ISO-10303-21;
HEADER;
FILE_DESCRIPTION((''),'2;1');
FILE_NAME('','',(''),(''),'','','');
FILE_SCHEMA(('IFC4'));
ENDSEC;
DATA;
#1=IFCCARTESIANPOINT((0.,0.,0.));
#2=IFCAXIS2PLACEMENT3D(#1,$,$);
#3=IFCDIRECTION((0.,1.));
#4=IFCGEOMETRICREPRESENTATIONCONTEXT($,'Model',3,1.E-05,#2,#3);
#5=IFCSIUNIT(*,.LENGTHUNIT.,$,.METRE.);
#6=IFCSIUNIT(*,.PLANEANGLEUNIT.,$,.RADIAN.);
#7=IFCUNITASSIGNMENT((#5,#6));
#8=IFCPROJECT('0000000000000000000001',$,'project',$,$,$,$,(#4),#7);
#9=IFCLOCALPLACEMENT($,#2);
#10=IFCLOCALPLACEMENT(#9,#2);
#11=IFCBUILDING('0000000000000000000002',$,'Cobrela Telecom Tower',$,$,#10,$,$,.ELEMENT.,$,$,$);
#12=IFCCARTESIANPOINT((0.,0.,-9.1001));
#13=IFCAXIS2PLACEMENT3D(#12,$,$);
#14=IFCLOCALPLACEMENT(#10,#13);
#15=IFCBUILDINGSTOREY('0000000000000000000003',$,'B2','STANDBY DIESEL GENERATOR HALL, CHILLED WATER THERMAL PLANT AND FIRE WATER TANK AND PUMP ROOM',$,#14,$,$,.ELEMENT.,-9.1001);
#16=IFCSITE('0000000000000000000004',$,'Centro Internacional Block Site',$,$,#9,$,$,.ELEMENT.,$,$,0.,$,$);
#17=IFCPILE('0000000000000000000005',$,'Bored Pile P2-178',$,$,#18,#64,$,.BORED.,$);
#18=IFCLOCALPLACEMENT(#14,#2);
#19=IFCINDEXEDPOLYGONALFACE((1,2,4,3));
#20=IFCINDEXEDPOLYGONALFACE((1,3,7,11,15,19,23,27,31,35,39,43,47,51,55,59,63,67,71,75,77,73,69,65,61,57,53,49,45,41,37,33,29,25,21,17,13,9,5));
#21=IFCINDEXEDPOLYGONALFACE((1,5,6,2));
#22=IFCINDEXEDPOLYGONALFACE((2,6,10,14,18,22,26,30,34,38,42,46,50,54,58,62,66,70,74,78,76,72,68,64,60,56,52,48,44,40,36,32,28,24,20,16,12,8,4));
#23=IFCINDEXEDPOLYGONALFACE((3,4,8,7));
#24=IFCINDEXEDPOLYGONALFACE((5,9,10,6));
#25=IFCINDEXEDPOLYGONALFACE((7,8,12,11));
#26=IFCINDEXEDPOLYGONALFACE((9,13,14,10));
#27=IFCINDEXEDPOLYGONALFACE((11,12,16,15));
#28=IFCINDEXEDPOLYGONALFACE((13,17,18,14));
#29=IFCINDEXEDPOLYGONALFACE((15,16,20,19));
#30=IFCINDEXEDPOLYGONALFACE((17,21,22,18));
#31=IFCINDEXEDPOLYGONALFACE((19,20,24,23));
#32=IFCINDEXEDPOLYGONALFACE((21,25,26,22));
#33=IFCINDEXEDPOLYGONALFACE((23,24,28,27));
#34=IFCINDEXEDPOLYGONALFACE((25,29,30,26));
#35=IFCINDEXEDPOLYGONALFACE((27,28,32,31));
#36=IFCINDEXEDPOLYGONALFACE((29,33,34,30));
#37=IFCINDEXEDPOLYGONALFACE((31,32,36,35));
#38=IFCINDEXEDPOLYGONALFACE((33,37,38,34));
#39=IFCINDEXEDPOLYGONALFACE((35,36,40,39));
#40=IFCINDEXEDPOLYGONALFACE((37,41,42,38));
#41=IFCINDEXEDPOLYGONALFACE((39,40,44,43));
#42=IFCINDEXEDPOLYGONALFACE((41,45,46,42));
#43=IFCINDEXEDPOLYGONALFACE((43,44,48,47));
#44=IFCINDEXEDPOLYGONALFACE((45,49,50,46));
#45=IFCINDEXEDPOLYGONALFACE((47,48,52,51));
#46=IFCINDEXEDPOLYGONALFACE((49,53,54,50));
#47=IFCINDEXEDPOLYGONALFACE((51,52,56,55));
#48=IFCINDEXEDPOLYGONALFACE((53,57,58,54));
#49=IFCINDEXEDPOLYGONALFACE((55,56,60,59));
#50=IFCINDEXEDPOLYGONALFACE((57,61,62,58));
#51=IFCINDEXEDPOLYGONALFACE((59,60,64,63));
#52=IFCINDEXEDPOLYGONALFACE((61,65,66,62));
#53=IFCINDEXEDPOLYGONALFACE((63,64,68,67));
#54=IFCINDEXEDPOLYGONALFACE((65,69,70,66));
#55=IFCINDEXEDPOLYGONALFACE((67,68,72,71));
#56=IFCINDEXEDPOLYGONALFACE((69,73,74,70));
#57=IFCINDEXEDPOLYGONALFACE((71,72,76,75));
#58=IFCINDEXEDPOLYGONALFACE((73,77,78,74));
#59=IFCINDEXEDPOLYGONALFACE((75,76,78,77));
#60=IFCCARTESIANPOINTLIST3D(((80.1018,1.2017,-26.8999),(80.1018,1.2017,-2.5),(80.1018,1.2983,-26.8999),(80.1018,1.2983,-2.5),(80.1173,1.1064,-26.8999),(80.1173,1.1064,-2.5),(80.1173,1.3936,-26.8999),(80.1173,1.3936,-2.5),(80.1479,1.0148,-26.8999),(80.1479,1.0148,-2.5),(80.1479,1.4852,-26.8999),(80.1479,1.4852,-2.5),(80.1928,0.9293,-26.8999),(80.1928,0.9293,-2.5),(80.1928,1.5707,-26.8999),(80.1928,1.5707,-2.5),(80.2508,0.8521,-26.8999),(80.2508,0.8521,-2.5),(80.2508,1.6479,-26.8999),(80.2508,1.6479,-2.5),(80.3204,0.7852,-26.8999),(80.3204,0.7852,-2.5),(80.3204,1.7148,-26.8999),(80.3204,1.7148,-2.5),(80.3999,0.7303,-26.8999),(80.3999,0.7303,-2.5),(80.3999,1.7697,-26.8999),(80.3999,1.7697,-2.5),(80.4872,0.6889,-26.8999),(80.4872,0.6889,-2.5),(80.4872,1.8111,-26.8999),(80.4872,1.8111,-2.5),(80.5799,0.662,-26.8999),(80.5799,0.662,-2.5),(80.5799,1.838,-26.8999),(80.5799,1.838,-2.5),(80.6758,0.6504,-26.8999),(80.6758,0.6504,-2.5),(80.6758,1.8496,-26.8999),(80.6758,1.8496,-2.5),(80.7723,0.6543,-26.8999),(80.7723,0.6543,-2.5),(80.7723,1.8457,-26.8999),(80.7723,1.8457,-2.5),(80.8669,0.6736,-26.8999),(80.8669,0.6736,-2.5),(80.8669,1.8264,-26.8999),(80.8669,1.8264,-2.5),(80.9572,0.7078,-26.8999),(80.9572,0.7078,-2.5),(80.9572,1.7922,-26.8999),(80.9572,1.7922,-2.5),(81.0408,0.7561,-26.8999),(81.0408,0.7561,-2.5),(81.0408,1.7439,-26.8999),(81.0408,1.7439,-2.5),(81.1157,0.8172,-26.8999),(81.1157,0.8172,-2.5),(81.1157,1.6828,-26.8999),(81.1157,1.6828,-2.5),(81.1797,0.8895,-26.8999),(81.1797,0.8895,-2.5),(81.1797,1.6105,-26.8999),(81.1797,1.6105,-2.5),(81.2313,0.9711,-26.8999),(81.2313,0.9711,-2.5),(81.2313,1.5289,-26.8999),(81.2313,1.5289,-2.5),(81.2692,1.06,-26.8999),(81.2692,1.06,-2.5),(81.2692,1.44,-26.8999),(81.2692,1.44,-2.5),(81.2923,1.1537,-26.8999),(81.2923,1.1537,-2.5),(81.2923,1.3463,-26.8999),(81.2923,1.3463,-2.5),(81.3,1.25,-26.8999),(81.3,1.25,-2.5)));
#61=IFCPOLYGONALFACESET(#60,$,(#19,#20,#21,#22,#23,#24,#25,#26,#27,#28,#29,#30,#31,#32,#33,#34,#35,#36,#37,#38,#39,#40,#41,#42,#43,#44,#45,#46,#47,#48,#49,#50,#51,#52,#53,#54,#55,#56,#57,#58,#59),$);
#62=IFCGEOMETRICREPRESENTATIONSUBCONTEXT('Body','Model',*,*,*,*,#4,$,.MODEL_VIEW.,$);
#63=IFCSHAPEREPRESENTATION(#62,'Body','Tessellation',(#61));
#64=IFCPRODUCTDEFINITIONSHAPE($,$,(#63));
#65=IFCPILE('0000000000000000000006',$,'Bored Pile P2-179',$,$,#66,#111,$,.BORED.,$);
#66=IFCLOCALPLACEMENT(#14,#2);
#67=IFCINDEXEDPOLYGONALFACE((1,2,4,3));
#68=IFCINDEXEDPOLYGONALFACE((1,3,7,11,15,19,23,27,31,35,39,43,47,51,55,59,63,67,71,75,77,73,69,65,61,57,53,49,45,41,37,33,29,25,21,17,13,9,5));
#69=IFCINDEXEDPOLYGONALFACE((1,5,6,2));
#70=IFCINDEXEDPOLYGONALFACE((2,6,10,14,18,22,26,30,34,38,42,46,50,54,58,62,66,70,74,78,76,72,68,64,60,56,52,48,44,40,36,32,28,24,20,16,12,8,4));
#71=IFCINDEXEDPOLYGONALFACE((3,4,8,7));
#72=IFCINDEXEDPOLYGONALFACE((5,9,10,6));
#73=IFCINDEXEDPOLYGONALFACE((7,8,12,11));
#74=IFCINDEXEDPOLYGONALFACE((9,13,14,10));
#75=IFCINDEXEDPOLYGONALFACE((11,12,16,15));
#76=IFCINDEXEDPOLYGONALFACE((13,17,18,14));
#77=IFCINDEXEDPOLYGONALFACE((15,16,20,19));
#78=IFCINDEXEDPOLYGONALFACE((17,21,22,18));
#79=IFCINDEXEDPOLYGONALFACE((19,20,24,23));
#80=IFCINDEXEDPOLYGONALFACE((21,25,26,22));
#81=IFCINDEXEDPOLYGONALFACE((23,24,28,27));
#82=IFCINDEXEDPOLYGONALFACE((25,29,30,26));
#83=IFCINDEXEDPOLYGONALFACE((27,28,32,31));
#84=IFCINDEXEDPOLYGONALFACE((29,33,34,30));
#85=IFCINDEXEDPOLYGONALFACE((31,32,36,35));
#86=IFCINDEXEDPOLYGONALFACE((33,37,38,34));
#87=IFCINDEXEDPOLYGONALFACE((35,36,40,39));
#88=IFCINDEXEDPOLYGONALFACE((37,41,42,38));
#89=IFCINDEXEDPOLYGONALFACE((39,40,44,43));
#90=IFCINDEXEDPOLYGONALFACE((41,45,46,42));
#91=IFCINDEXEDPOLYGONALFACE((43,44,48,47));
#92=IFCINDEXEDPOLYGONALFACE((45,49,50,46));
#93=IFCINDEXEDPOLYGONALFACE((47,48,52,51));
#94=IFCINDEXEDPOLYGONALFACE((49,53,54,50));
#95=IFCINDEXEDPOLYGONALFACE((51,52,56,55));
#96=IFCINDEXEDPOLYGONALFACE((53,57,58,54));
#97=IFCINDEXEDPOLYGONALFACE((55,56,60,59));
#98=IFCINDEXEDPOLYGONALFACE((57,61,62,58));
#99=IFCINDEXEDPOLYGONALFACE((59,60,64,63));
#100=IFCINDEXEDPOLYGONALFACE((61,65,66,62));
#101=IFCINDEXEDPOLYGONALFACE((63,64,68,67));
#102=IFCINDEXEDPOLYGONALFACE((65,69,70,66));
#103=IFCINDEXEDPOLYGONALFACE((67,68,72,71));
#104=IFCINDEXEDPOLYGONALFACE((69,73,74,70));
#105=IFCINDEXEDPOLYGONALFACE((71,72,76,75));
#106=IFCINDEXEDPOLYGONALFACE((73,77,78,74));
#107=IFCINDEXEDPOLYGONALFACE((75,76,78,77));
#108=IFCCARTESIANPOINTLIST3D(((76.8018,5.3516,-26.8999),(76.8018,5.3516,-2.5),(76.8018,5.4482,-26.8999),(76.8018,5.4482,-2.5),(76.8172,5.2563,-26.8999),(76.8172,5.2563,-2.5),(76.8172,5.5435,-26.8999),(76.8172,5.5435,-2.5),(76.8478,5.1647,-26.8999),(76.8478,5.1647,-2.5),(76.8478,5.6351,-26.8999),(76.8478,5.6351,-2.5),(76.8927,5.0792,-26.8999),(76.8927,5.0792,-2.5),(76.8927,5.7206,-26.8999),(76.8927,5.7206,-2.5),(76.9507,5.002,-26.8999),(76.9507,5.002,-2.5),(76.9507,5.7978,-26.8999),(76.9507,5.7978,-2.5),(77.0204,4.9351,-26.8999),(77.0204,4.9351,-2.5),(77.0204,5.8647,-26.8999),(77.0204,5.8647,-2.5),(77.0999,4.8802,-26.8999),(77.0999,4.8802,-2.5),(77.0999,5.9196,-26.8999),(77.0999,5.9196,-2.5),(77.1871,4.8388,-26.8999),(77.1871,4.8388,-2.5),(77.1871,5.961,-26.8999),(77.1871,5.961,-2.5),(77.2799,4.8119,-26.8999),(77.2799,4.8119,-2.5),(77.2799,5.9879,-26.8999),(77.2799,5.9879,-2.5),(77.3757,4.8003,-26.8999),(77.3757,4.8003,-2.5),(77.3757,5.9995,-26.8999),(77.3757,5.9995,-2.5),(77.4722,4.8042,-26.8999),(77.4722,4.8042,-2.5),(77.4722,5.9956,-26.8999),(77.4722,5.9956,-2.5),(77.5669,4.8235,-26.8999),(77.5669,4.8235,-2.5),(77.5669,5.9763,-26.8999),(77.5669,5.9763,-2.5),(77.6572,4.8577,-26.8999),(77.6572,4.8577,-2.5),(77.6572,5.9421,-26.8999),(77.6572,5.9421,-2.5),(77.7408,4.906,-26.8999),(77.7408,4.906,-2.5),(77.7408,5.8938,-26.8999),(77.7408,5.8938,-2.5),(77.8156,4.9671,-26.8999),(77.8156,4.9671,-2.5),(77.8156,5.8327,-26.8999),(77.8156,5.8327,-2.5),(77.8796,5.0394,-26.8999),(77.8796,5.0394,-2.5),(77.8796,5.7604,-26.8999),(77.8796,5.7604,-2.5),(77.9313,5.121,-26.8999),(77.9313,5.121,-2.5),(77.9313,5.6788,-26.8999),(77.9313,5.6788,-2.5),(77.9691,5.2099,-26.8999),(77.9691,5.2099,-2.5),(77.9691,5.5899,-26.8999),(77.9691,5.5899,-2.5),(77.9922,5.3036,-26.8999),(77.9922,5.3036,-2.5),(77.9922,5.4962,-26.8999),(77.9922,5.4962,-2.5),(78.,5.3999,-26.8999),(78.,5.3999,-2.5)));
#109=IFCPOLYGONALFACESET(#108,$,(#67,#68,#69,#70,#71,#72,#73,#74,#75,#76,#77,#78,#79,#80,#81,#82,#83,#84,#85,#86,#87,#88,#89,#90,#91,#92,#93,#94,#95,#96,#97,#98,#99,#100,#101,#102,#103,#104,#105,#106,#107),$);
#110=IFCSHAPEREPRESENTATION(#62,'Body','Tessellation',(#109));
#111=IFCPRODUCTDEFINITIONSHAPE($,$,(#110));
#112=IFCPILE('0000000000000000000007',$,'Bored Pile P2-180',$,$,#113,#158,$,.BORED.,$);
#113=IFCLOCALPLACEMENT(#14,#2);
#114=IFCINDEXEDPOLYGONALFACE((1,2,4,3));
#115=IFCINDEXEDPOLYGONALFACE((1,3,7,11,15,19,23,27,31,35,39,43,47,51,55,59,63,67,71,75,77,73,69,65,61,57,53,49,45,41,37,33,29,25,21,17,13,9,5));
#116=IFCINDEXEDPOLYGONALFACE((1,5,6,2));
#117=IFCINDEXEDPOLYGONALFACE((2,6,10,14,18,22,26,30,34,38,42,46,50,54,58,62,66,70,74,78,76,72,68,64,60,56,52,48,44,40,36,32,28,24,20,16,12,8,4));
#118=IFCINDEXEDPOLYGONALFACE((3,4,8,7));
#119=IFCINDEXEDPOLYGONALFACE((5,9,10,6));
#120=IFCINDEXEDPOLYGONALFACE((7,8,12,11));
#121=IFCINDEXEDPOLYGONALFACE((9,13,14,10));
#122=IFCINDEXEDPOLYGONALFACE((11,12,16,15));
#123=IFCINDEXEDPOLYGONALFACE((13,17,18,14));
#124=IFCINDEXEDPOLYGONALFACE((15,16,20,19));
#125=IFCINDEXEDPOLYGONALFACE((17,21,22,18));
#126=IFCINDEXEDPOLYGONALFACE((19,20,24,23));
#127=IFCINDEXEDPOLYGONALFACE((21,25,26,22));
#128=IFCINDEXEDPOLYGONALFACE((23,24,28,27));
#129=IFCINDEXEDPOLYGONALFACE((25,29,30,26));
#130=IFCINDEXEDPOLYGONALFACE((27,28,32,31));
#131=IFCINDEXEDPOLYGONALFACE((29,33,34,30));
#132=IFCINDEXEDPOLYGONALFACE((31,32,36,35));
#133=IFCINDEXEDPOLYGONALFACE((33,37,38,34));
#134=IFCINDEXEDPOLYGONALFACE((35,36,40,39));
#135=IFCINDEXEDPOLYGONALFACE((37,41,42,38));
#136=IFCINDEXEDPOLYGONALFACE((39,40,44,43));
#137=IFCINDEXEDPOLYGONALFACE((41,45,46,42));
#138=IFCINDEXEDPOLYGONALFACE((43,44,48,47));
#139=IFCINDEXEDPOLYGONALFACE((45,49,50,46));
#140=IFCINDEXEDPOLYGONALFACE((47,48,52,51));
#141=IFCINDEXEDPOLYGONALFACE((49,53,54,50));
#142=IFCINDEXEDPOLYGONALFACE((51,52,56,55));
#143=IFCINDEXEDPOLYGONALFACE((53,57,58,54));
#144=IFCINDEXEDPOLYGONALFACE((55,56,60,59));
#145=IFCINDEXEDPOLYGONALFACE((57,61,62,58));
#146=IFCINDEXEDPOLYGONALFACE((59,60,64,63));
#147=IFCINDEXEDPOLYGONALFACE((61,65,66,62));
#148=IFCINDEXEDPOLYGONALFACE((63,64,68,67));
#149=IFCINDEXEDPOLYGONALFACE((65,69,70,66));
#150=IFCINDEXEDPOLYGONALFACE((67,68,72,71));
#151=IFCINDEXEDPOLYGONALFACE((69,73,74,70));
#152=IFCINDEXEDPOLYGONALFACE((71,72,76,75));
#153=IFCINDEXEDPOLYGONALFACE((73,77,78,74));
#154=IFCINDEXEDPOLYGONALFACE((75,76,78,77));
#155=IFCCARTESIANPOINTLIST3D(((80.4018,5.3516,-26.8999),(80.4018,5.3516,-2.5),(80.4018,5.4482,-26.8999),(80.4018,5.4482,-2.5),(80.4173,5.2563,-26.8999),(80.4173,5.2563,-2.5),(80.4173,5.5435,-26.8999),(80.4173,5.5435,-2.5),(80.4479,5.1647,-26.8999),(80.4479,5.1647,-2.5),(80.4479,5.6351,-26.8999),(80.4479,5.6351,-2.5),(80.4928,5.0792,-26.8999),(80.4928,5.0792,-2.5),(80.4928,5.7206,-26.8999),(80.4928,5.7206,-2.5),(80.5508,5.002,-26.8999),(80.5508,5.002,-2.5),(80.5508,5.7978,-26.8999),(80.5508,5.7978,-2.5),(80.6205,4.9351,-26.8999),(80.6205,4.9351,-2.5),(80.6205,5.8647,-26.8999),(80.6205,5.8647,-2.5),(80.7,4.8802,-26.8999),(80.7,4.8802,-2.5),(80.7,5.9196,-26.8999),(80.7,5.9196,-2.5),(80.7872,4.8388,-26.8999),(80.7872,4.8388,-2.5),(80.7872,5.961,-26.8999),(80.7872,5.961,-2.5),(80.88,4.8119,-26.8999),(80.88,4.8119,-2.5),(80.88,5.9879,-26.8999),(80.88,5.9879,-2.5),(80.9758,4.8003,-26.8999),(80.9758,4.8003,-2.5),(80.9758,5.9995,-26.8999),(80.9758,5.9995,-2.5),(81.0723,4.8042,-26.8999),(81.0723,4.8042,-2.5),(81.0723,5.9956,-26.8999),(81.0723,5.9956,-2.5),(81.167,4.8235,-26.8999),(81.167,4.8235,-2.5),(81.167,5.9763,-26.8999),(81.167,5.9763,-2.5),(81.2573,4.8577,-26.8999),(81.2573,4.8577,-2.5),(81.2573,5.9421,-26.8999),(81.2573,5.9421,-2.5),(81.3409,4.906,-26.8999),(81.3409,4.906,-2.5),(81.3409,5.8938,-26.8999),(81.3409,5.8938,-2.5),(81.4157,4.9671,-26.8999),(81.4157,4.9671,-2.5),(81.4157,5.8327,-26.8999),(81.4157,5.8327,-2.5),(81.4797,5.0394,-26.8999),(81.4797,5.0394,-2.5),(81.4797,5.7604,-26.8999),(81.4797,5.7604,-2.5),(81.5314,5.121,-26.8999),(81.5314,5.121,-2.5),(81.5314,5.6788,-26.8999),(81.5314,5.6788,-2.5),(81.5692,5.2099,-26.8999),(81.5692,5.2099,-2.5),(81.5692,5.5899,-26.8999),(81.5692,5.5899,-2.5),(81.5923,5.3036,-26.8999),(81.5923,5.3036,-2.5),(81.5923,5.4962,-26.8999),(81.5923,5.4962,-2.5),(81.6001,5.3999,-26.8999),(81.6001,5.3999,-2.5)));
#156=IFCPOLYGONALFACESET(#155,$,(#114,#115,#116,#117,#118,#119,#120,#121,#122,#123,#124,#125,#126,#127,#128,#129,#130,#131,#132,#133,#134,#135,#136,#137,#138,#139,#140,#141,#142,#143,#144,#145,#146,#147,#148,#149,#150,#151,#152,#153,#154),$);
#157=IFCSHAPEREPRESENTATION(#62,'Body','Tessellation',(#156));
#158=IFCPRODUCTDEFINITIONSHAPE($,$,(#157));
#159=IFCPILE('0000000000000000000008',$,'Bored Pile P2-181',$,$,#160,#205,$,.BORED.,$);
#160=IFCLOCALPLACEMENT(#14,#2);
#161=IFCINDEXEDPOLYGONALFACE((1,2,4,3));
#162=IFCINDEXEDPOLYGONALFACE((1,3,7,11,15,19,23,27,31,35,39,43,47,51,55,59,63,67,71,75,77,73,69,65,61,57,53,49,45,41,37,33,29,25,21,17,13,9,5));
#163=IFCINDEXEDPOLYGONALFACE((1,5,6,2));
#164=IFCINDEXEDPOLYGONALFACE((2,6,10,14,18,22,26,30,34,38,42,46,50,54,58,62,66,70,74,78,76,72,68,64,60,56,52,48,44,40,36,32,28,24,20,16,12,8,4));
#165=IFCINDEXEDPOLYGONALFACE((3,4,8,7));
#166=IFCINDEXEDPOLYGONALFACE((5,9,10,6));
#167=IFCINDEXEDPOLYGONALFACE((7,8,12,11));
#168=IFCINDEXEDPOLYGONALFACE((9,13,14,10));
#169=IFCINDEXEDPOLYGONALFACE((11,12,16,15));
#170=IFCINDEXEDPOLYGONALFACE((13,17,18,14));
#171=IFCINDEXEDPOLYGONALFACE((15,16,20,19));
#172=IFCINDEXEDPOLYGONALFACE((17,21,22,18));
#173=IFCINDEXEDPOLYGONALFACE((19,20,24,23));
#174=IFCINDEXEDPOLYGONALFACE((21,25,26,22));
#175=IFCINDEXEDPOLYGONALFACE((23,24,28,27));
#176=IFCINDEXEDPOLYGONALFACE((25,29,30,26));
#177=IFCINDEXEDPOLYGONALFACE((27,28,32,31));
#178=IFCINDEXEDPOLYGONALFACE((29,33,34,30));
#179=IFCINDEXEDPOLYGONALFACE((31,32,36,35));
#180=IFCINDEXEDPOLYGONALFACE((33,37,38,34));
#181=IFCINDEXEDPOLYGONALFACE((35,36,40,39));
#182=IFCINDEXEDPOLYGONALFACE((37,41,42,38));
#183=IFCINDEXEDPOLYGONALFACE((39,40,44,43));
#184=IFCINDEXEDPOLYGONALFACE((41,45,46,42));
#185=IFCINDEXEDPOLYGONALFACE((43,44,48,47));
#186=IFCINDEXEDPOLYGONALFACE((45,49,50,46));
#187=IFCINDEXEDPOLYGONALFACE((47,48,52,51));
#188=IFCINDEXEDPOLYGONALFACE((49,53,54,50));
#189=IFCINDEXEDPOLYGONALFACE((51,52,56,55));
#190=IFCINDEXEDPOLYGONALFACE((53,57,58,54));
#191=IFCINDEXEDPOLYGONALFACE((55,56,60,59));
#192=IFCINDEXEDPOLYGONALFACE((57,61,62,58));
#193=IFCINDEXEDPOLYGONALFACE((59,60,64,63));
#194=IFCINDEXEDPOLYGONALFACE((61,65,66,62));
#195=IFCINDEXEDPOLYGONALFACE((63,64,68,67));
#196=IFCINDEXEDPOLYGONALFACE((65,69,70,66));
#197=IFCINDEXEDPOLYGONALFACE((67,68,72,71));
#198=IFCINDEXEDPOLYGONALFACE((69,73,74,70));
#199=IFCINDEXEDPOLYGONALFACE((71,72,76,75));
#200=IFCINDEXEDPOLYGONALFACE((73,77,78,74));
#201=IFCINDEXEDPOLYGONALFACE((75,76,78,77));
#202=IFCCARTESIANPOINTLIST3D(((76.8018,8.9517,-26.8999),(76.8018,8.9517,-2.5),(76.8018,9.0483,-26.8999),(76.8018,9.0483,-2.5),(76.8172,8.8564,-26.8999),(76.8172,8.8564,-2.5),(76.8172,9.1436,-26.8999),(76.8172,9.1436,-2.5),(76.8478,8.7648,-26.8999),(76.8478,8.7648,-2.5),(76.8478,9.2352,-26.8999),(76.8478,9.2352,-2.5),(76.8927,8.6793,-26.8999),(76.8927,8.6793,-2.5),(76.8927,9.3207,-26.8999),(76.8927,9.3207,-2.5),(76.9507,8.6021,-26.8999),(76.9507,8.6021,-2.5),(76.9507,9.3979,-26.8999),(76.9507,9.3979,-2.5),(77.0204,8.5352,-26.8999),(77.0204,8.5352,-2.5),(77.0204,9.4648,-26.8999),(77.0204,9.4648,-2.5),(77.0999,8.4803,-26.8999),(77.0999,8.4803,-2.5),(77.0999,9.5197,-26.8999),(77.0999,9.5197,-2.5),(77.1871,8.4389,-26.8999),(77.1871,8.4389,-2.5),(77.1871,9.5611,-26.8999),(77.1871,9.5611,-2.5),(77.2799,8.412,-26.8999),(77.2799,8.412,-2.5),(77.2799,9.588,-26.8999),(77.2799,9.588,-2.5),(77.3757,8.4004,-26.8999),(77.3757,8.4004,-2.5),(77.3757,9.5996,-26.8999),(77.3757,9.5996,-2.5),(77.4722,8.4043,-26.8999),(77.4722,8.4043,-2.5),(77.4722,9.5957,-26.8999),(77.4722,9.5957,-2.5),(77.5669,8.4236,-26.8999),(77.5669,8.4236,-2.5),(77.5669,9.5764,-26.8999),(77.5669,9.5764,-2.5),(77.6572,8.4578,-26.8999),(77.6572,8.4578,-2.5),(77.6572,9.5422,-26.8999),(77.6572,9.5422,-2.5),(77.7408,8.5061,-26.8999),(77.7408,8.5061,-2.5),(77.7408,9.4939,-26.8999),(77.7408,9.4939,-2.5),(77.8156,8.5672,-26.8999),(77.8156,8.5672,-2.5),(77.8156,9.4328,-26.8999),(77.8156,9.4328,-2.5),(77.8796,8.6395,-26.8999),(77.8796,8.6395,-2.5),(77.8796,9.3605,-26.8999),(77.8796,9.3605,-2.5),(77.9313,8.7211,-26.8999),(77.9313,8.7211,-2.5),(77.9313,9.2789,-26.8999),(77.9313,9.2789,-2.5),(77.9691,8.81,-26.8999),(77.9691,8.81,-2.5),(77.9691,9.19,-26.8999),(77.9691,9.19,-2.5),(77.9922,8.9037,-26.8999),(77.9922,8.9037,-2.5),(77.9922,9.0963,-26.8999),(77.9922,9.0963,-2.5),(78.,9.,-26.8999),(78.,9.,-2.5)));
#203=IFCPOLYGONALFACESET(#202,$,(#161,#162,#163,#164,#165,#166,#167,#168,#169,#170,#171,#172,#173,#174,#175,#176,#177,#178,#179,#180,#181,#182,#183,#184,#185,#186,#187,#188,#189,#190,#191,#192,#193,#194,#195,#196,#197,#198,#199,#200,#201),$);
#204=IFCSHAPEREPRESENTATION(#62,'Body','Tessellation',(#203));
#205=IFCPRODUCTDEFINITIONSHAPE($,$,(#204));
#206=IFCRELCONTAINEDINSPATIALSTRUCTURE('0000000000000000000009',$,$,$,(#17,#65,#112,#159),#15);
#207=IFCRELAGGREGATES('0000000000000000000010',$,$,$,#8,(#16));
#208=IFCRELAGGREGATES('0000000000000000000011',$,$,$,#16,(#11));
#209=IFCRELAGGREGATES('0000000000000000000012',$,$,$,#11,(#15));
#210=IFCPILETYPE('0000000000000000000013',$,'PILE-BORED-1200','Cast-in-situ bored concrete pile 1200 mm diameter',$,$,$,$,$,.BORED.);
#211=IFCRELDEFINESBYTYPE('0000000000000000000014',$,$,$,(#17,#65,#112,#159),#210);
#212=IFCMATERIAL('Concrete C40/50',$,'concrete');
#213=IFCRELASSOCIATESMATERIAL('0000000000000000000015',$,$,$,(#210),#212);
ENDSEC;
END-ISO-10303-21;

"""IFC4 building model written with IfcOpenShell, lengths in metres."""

from ifc_helpers import new_model, si_unit, direction, frame, origin, origin_2d, place, context, subcontext, project, spatial, circle, extrude, material, material_profile, profile_set, type_object, element, save


model = new_model("IFC4")

# Units and contexts
model_context = context("Model", 3, precision=1e-05, world=origin(), true_north=direction((0.0, 1.0)))
body_context = subcontext(model_context, "Body", "Model", "MODEL_VIEW")
ifc_project = project(units=[si_unit("LENGTHUNIT", "METRE"), si_unit("PLANEANGLEUNIT", "RADIAN")], contexts=[model_context])

# Site, building, storey
site_placement = place(None, origin())
site = spatial("IfcSite", under=ifc_project, at=site_placement, Name="Centro Internacional Block Site", CompositionType="ELEMENT", RefElevation=0.0)
building_placement = place(site_placement, origin())
building = spatial("IfcBuilding", under=site, at=building_placement, Name="Cobrela Telecom Tower", CompositionType="ELEMENT")
storey_placement = place(building_placement, frame((0.0, 0.0, -9.1001)))
storey = spatial("IfcBuildingStorey", under=building, at=storey_placement, Name="B2", Description="STANDBY DIESEL GENERATOR HALL, CHILLED WATER THERMAL PLANT AND FIRE WATER TANK AND PUMP ROOM", CompositionType="ELEMENT", Elevation=-9.1001)

# Shared definitions
ifc_material_1 = material(Name="Concrete C40/50", Category="concrete")

# Piles
ifc_material_profile_1 = material_profile(ifc_material_1, circle(Radius=0.6001, at=origin_2d()), Name="BORED PILE D1200")
ifc_profile_set_1 = profile_set([ifc_material_profile_1], Name="Concrete C40/50")
pile_type = type_object("IfcPileType", Name="PILE-BORED-1200", Description="Cast-in-situ bored concrete pile 1200 mm diameter", PredefinedType="BORED", material=ifc_profile_set_1)
for number, where, z_axis, x_axis, name in (
    (1, (80.7, 1.25, -2.5), (0.0, 0.0, -1.0), (1.0, 0.0, 0.0), "Bored Pile P2-178"),
    (2, (77.3999, 5.3999, -2.5), (0.0, 0.0, -1.0), (1.0, 0.0, 0.0), "Bored Pile P2-179"),
    (3, (81.0, 5.3999, -2.5), (0.0, 0.0, -1.0), (1.0, 0.0, 0.0), "Bored Pile P2-180"),
    (4, (77.3999, 9.0, -2.5), (0.0, 0.0, -1.0), (1.0, 0.0, 0.0), "Bored Pile P2-181"),
):
    element("IfcPile", number, at=place(storey_placement, frame(where, z_axis=z_axis, x_axis=x_axis)), inside=storey, type_object=pile_type, Name=name, PredefinedType="BORED", context=body_context, shape_type="SweptSolid", body=[
        extrude(circle(Radius=0.6001, at=origin_2d()), origin(), (0.0, 0.0, 1.0), 24.3999),
    ])

save(model, "model.ifc")
